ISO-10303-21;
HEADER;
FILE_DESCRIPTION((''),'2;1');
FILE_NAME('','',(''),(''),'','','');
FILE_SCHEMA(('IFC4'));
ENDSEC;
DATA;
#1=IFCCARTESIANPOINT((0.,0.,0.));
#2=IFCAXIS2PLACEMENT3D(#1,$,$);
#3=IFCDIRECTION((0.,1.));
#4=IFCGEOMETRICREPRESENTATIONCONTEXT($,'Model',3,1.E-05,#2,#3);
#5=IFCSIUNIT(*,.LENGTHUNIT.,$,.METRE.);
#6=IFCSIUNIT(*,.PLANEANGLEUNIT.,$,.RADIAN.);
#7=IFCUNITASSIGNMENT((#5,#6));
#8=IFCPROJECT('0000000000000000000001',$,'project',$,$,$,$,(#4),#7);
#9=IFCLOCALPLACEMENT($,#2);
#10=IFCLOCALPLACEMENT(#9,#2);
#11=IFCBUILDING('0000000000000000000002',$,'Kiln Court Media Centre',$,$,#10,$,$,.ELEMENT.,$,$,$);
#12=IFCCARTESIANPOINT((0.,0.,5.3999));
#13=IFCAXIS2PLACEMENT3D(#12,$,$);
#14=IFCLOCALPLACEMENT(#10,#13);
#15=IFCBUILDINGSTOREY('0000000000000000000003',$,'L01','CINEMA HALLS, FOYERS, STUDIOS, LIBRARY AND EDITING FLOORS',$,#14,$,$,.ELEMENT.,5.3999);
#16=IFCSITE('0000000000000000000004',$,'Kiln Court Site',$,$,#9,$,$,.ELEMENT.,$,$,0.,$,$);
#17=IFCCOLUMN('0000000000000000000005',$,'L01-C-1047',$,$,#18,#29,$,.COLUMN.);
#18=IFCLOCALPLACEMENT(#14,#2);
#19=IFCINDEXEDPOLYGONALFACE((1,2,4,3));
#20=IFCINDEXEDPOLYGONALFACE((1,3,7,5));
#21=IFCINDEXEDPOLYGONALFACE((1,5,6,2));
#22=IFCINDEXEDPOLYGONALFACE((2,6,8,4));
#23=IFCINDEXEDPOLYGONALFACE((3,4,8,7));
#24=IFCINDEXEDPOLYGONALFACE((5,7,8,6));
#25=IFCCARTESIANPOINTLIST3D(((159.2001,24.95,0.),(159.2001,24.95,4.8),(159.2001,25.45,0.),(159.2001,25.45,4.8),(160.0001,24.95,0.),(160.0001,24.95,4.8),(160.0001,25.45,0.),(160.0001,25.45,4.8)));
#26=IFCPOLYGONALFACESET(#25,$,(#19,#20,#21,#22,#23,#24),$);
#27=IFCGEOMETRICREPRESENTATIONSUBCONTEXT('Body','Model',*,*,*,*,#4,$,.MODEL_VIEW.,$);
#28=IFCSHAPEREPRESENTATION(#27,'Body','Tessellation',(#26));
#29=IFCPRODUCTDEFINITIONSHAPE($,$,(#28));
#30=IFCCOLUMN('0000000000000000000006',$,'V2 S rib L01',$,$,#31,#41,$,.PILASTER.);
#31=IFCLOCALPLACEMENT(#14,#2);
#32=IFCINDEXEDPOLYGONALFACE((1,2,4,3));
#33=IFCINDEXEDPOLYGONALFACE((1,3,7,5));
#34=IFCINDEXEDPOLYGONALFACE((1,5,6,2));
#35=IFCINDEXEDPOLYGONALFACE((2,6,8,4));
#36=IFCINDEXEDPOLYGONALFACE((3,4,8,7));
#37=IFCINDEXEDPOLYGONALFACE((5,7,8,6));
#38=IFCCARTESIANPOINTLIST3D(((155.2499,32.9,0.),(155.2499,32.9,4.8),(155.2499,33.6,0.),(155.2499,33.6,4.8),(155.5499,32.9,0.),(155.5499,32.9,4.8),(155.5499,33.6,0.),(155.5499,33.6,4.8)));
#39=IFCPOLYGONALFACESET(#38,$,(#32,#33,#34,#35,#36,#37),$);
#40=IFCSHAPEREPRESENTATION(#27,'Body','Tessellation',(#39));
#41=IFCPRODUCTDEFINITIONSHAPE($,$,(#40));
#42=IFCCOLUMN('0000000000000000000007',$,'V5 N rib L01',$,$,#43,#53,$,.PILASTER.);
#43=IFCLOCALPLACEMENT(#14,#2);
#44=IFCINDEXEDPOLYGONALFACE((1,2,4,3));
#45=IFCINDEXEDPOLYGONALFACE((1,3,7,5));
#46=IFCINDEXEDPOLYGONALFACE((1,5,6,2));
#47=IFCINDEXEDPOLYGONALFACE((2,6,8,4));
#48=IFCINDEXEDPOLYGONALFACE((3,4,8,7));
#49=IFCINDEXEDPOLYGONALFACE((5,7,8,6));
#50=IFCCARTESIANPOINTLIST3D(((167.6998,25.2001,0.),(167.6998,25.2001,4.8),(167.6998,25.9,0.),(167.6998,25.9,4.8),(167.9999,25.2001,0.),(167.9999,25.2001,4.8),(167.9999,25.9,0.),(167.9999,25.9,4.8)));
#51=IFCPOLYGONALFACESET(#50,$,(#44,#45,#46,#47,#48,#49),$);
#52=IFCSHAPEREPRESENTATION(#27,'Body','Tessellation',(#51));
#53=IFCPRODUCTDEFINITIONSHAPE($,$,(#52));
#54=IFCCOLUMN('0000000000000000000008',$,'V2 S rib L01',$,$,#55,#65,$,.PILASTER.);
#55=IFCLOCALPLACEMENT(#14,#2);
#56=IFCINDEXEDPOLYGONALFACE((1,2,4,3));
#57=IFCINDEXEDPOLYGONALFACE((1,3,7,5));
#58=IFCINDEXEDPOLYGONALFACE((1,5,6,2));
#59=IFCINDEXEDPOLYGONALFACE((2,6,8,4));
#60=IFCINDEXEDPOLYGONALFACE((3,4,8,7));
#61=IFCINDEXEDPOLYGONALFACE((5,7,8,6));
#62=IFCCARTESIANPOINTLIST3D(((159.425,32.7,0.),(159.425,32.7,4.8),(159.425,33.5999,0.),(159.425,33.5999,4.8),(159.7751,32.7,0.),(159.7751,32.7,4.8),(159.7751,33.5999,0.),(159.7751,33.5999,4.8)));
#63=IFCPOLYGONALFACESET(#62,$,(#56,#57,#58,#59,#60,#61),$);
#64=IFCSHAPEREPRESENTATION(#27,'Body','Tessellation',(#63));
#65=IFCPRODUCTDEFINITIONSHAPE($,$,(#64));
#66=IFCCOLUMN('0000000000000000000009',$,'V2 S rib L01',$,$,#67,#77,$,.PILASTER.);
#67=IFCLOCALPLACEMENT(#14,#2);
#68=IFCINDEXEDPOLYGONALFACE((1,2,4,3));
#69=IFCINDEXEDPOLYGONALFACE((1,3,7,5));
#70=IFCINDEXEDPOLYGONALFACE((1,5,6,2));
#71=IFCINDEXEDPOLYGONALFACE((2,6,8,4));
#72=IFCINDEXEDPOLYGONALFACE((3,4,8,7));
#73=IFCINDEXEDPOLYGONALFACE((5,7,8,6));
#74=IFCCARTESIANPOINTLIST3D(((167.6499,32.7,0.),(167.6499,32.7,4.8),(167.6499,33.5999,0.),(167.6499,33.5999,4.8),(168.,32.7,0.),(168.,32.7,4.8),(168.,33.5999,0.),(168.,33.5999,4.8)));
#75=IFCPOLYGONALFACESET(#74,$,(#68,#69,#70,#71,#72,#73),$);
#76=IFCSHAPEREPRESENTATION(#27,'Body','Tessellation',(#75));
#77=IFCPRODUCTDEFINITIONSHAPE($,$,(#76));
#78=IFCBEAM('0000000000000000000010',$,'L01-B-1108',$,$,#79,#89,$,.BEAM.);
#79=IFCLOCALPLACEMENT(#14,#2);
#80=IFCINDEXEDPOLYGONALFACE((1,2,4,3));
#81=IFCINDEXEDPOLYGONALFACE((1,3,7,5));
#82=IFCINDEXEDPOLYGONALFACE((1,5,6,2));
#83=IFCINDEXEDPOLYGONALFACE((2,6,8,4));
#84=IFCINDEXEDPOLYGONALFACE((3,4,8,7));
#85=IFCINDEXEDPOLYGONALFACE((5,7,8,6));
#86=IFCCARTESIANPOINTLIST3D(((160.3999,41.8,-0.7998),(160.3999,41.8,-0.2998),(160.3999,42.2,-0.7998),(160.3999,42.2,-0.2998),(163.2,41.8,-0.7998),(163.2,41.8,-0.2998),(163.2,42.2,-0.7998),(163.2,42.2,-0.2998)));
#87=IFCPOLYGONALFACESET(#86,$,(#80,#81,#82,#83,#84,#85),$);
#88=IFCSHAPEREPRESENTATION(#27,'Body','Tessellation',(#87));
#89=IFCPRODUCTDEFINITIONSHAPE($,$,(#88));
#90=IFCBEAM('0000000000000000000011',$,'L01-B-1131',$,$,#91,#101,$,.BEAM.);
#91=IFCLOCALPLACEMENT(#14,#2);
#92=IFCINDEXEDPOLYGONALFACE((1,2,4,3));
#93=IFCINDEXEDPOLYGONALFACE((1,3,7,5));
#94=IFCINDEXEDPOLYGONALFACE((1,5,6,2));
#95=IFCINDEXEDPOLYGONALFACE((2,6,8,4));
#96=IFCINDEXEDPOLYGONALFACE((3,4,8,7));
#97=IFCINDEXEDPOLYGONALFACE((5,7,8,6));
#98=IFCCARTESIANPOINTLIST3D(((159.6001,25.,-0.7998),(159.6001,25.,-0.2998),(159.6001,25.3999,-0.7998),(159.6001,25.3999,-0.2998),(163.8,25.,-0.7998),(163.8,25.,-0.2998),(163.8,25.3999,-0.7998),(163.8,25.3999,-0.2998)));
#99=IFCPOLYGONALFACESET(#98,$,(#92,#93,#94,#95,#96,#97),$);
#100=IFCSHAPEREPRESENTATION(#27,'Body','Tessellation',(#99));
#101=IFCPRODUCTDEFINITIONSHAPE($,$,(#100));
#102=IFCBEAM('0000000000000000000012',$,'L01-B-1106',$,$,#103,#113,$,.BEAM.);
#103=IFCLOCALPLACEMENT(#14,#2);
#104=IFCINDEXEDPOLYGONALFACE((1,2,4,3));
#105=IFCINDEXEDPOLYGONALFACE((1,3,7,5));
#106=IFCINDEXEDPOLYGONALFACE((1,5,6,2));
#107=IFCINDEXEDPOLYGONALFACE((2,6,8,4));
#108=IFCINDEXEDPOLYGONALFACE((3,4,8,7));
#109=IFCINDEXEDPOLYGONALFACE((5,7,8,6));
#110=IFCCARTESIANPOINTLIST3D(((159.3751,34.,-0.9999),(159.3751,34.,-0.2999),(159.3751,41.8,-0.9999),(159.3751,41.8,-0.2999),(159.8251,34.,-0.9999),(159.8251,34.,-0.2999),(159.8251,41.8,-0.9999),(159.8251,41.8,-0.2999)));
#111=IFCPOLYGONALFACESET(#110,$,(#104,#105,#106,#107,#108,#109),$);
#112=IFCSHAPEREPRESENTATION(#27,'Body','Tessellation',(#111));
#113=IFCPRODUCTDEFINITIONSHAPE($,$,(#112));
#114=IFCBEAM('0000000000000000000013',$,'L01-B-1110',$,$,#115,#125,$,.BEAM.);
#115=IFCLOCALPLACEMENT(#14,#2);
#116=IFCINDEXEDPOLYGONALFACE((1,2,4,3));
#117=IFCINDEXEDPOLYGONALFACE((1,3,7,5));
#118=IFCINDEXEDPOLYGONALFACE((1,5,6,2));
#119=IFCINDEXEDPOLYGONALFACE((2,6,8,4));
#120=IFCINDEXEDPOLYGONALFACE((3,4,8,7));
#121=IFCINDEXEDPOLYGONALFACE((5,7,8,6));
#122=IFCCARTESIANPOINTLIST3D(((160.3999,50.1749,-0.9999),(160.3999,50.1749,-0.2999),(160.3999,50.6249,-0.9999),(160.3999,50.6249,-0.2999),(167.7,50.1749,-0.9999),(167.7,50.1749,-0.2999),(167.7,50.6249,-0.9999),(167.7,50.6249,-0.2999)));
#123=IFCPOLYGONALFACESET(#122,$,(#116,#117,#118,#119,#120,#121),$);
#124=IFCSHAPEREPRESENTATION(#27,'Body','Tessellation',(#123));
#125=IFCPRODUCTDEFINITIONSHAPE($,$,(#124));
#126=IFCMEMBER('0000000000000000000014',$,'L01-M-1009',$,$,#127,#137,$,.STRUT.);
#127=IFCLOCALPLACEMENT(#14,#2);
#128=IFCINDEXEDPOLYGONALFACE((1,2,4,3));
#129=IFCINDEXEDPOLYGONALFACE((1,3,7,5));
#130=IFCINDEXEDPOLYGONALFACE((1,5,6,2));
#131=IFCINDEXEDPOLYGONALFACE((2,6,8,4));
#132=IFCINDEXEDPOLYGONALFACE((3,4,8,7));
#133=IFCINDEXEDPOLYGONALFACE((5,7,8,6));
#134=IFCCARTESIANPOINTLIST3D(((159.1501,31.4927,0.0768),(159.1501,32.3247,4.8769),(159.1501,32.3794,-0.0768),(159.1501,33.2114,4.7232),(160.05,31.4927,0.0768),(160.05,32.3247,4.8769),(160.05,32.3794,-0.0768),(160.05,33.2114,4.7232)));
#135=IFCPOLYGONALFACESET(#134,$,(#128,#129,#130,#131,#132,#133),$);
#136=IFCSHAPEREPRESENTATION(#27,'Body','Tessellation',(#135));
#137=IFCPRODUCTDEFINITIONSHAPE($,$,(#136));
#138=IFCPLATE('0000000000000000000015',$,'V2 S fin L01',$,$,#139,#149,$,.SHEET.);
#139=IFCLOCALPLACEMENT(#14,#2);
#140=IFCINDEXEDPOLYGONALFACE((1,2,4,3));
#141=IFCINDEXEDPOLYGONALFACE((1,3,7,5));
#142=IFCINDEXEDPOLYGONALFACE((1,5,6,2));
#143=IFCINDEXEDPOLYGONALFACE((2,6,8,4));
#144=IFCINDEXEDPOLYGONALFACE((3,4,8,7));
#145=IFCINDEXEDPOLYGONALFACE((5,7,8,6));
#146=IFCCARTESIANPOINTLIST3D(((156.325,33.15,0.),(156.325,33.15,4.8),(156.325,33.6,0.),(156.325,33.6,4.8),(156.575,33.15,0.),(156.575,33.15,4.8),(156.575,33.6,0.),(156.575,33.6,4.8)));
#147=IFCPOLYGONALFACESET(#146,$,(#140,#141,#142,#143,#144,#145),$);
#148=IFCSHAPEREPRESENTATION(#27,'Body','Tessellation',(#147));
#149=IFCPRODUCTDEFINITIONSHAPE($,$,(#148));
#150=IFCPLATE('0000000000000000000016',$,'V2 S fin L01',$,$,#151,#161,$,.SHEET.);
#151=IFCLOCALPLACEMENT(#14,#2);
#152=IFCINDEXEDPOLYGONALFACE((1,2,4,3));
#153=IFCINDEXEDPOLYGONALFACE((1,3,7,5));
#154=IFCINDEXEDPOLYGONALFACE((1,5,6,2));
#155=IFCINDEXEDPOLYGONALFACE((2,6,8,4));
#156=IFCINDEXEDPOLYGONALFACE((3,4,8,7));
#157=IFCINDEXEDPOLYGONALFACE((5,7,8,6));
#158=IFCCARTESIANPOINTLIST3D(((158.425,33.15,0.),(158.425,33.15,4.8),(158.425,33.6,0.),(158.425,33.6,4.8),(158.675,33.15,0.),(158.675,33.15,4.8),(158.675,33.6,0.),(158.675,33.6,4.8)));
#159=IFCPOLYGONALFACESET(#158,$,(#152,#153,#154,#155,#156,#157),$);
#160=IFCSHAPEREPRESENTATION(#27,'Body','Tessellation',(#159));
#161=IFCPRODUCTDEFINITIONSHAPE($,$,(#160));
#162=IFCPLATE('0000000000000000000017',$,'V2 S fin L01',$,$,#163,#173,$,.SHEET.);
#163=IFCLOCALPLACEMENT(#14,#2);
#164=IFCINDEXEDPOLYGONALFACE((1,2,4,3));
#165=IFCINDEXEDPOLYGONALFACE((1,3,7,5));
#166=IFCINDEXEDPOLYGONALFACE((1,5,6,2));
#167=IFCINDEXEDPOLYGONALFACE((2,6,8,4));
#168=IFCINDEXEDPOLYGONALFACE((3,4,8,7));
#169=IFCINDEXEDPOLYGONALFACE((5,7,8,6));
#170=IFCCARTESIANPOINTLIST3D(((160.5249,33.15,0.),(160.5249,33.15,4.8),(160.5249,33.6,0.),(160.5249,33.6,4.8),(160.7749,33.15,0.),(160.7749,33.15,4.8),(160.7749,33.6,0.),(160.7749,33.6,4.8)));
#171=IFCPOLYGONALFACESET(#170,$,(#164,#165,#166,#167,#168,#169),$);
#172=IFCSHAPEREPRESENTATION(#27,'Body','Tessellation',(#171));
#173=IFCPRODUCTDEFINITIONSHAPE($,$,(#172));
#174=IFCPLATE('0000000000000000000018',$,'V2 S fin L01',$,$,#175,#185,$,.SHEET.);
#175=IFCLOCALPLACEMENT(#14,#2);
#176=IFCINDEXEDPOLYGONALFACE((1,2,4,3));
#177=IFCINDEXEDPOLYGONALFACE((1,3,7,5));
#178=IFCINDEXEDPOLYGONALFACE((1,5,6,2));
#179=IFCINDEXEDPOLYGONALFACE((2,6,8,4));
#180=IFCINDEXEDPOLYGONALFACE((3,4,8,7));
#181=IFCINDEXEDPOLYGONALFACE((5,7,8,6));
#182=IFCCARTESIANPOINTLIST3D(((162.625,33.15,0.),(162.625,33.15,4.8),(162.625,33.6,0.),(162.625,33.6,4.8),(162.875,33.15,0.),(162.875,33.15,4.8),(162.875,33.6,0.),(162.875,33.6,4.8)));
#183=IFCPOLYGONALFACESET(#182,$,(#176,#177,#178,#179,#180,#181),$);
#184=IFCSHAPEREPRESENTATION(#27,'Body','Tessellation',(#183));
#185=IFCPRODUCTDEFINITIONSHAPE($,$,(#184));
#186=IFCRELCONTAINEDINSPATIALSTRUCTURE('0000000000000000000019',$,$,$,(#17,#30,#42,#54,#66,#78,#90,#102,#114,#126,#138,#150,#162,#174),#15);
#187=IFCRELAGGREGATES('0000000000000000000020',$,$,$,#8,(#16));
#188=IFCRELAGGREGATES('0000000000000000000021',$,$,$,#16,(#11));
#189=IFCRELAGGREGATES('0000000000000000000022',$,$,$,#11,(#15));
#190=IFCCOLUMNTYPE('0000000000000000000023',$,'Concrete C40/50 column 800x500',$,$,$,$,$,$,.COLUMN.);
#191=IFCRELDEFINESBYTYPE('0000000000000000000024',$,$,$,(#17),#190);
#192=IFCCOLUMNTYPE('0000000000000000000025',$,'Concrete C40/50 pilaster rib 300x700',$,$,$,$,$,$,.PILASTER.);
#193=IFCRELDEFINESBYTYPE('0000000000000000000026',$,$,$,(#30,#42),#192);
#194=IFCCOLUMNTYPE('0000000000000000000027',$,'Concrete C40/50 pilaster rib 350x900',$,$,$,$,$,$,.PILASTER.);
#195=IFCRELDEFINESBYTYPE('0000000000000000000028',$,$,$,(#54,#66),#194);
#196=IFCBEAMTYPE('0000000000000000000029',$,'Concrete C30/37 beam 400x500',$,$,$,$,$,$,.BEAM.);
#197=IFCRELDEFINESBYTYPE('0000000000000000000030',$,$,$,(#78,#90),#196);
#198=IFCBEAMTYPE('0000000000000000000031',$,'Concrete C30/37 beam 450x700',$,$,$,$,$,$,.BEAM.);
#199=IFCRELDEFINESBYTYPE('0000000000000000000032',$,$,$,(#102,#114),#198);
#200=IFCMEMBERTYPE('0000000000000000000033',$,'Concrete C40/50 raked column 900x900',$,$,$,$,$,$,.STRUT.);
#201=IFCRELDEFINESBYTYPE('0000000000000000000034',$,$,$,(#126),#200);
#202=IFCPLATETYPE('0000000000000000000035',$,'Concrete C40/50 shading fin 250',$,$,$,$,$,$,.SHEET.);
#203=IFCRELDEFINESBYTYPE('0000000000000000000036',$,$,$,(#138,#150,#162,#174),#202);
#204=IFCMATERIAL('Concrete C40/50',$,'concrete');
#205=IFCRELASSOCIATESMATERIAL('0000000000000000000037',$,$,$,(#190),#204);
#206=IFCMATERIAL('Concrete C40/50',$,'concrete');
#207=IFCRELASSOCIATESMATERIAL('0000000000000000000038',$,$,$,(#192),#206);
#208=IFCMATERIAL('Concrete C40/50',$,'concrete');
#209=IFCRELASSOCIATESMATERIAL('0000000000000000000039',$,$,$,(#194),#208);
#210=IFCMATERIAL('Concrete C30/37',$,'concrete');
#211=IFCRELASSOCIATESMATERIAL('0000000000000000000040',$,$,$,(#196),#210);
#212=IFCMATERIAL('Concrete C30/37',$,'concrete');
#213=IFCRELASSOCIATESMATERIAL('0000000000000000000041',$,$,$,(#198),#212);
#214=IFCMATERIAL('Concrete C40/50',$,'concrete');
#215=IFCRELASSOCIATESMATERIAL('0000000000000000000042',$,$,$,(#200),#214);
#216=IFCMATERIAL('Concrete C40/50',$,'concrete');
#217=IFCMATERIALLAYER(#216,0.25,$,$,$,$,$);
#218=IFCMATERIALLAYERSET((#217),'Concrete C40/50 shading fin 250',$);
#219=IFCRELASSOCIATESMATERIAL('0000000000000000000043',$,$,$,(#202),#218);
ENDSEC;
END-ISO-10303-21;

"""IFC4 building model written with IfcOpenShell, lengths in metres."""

from ifc_helpers import new_model, si_unit, direction, frame, origin, origin_2d, place, context, subcontext, project, spatial, rectangle, extrude, material, layer, layer_set, material_profile, profile_set, type_object, element, save


model = new_model("IFC4")

# Units and contexts
model_context = context("Model", 3, precision=1e-05, world=origin(), true_north=direction((0.0, 1.0)))
body_context = subcontext(model_context, "Body", "Model", "MODEL_VIEW")
ifc_project = project(units=[si_unit("LENGTHUNIT", "METRE"), si_unit("PLANEANGLEUNIT", "RADIAN")], contexts=[model_context])

# Site, building, storey
site_placement = place(None, origin())
site = spatial("IfcSite", under=ifc_project, at=site_placement, Name="Kiln Court Site", CompositionType="ELEMENT", RefElevation=0.0)
building_placement = place(site_placement, origin())
building = spatial("IfcBuilding", under=site, at=building_placement, Name="Kiln Court Media Centre", CompositionType="ELEMENT")
storey_placement = place(building_placement, frame((0.0, 0.0, 5.3999)))
storey = spatial("IfcBuildingStorey", under=building, at=storey_placement, Name="L01", Description="CINEMA HALLS, FOYERS, STUDIOS, LIBRARY AND EDITING FLOORS", CompositionType="ELEMENT", Elevation=5.3999)

# Columns
ifc_material_1 = material(Name="Concrete C40/50", Category="concrete")
ifc_material_profile_1 = material_profile(ifc_material_1, rectangle(XDim=0.8, YDim=0.5, at=origin_2d()), Name="RC 800x500")
ifc_profile_set_1 = profile_set([ifc_material_profile_1], Name="Concrete C40/50")
column_type_1 = type_object("IfcColumnType", Name="Concrete C40/50 column 800x500", PredefinedType="COLUMN", material=ifc_profile_set_1)
column_placement = place(storey_placement, frame((159.6001, 25.2, 0.0), z_axis=(0.0, 0.0, 1.0), x_axis=(1.0, 0.0, 0.0)))
element("IfcColumn", 1, at=column_placement, inside=storey, type_object=column_type_1, Name="L01-C-1047", PredefinedType="COLUMN", context=body_context, shape_type="SweptSolid", body=[
    extrude(rectangle(XDim=0.8, YDim=0.5, at=origin_2d()), origin(), (0.0, 0.0, 1.0), 4.8),
])
ifc_material_2 = material(Name="Concrete C40/50", Category="concrete")
ifc_material_profile_2 = material_profile(ifc_material_2, rectangle(XDim=0.3, YDim=0.7, at=origin_2d()), Name="RC 300x700")
ifc_profile_set_2 = profile_set([ifc_material_profile_2], Name="Concrete C40/50")
column_type_2 = type_object("IfcColumnType", Name="Concrete C40/50 pilaster rib 300x700", PredefinedType="PILASTER", material=ifc_profile_set_2)
for number, where, z_axis, x_axis, name in (
    (2, (155.3999, 33.25, 0.0), (0.0, 0.0, 1.0), (1.0, 0.0, 0.0), "V2 S rib L01"),
    (3, (167.8499, 25.55, 0.0), (0.0, 0.0, 1.0), (1.0, 0.0, 0.0), "V5 N rib L01"),
):
    element("IfcColumn", number, at=place(storey_placement, frame(where, z_axis=z_axis, x_axis=x_axis)), inside=storey, type_object=column_type_2, Name=name, PredefinedType="PILASTER", context=body_context, shape_type="SweptSolid", body=[
        extrude(rectangle(XDim=0.3, YDim=0.7, at=origin_2d()), origin(), (0.0, 0.0, 1.0), 4.8),
    ])
ifc_material_3 = material(Name="Concrete C40/50", Category="concrete")
ifc_material_profile_3 = material_profile(ifc_material_3, rectangle(XDim=0.3501, YDim=0.8999, at=origin_2d()), Name="RC 350x900")
ifc_profile_set_3 = profile_set([ifc_material_profile_3], Name="Concrete C40/50")
column_type_3 = type_object("IfcColumnType", Name="Concrete C40/50 pilaster rib 350x900", PredefinedType="PILASTER", material=ifc_profile_set_3)
for number, where, z_axis, x_axis, name in (
    (4, (159.6001, 33.1499, 0.0), (0.0, 0.0, 1.0), (1.0, 0.0, 0.0), "V2 S rib L01"),
    (5, (167.825, 33.1499, 0.0), (0.0, 0.0, 1.0), (1.0, 0.0, 0.0), "V2 S rib L01"),
):
    element("IfcColumn", number, at=place(storey_placement, frame(where, z_axis=z_axis, x_axis=x_axis)), inside=storey, type_object=column_type_3, Name=name, PredefinedType="PILASTER", context=body_context, shape_type="SweptSolid", body=[
        extrude(rectangle(XDim=0.3501, YDim=0.8999, at=origin_2d()), origin(), (0.0, 0.0, 1.0), 4.8),
    ])

# Beams
ifc_material_4 = material(Name="Concrete C30/37", Category="concrete")
ifc_material_profile_4 = material_profile(ifc_material_4, rectangle(XDim=0.3999, YDim=0.5, at=origin_2d()), Name="RC 400x500")
ifc_profile_set_4 = profile_set([ifc_material_profile_4], Name="Concrete C30/37")
beam_type_1 = type_object("IfcBeamType", Name="Concrete C30/37 beam 400x500", PredefinedType="BEAM", material=ifc_profile_set_4)
beam_1_placement = place(storey_placement, frame((160.3999, 42.0, -0.5498), z_axis=(1.0, 0.0, 0.0), x_axis=(0.0, 1.0, 0.0)))
element("IfcBeam", 6, at=beam_1_placement, inside=storey, type_object=beam_type_1, Name="L01-B-1108", PredefinedType="BEAM", context=body_context, shape_type="SweptSolid", body=[
    extrude(rectangle(XDim=0.3999, YDim=0.5, at=origin_2d()), origin(), (0.0, 0.0, 1.0), 2.8),
])
beam_2_placement = place(storey_placement, frame((159.6001, 25.2, -0.5498), z_axis=(1.0, 0.0, 0.0), x_axis=(0.0, 1.0, 0.0)))
element("IfcBeam", 7, at=beam_2_placement, inside=storey, type_object=beam_type_1, Name="L01-B-1131", PredefinedType="BEAM", context=body_context, shape_type="SweptSolid", body=[
    extrude(rectangle(XDim=0.3999, YDim=0.5, at=origin_2d()), origin(), (0.0, 0.0, 1.0), 4.2),
])
ifc_material_5 = material(Name="Concrete C30/37", Category="concrete")
ifc_material_profile_5 = material_profile(ifc_material_5, rectangle(XDim=0.45, YDim=0.7, at=origin_2d()), Name="RC 450x700")
ifc_profile_set_5 = profile_set([ifc_material_profile_5], Name="Concrete C30/37")
beam_type_2 = type_object("IfcBeamType", Name="Concrete C30/37 beam 450x700", PredefinedType="BEAM", material=ifc_profile_set_5)
beam_3_placement = place(storey_placement, frame((159.6001, 34.0, -0.6499), z_axis=(0.0, 1.0, 0.0), x_axis=(-1.0, 0.0, 0.0)))
element("IfcBeam", 8, at=beam_3_placement, inside=storey, type_object=beam_type_2, Name="L01-B-1106", PredefinedType="BEAM", context=body_context, shape_type="SweptSolid", body=[
    extrude(rectangle(XDim=0.45, YDim=0.7, at=origin_2d()), origin(), (0.0, 0.0, 1.0), 7.8),
])
beam_4_placement = place(storey_placement, frame((160.3999, 50.3999, -0.6499), z_axis=(1.0, 0.0, 0.0), x_axis=(0.0, 1.0, 0.0)))
element("IfcBeam", 9, at=beam_4_placement, inside=storey, type_object=beam_type_2, Name="L01-B-1110", PredefinedType="BEAM", context=body_context, shape_type="SweptSolid", body=[
    extrude(rectangle(XDim=0.45, YDim=0.7, at=origin_2d()), origin(), (0.0, 0.0, 1.0), 7.3),
])

# Member
ifc_material_6 = material(Name="Concrete C40/50", Category="concrete")
ifc_material_profile_6 = material_profile(ifc_material_6, rectangle(XDim=0.8999, YDim=0.8999, at=origin_2d()), Name="RC 900x900")
ifc_profile_set_6 = profile_set([ifc_material_profile_6], Name="Concrete C40/50")
member_type = type_object("IfcMemberType", Name="Concrete C40/50 raked column 900x900", PredefinedType="STRUT", material=ifc_profile_set_6)
member_placement = place(storey_placement, frame((159.6001, 31.936, 0.0), z_axis=(0.0, 0.170791, 0.985307), x_axis=(-1.0, 0.0, 0.0)))
element("IfcMember", 10, at=member_placement, inside=storey, type_object=member_type, Name="L01-M-1009", PredefinedType="STRUT", context=body_context, shape_type="SweptSolid", body=[
    extrude(rectangle(XDim=0.8999, YDim=0.8999, at=origin_2d()), origin(), (0.0, 0.0, 1.0), 4.8716),
])

# Plates
ifc_material_7 = material(Name="Concrete C40/50", Category="concrete")
ifc_layer_1 = layer(ifc_material_7, 0.25)
ifc_layer_set_1 = layer_set([ifc_layer_1], Name="Concrete C40/50 shading fin 250")
plate_type = type_object("IfcPlateType", Name="Concrete C40/50 shading fin 250", PredefinedType="SHEET", material=ifc_layer_set_1)
for number, where, z_axis, x_axis, name in (
    (11, (156.45, 33.375, 0.0), (0.0, 0.0, 1.0), (1.0, 0.0, 0.0), "V2 S fin L01"),
    (12, (158.55, 33.375, 0.0), (0.0, 0.0, 1.0), (1.0, 0.0, 0.0), "V2 S fin L01"),
    (13, (160.6499, 33.375, 0.0), (0.0, 0.0, 1.0), (1.0, 0.0, 0.0), "V2 S fin L01"),
    (14, (162.75, 33.375, 0.0), (0.0, 0.0, 1.0), (1.0, 0.0, 0.0), "V2 S fin L01"),
):
    element("IfcPlate", number, at=place(storey_placement, frame(where, z_axis=z_axis, x_axis=x_axis)), inside=storey, type_object=plate_type, Name=name, PredefinedType="SHEET", context=body_context, shape_type="SweptSolid", body=[
        extrude(rectangle(XDim=0.25, YDim=0.45, at=origin_2d()), origin(), (0.0, 0.0, 1.0), 4.8),
    ])

save(model, "model.ifc")
